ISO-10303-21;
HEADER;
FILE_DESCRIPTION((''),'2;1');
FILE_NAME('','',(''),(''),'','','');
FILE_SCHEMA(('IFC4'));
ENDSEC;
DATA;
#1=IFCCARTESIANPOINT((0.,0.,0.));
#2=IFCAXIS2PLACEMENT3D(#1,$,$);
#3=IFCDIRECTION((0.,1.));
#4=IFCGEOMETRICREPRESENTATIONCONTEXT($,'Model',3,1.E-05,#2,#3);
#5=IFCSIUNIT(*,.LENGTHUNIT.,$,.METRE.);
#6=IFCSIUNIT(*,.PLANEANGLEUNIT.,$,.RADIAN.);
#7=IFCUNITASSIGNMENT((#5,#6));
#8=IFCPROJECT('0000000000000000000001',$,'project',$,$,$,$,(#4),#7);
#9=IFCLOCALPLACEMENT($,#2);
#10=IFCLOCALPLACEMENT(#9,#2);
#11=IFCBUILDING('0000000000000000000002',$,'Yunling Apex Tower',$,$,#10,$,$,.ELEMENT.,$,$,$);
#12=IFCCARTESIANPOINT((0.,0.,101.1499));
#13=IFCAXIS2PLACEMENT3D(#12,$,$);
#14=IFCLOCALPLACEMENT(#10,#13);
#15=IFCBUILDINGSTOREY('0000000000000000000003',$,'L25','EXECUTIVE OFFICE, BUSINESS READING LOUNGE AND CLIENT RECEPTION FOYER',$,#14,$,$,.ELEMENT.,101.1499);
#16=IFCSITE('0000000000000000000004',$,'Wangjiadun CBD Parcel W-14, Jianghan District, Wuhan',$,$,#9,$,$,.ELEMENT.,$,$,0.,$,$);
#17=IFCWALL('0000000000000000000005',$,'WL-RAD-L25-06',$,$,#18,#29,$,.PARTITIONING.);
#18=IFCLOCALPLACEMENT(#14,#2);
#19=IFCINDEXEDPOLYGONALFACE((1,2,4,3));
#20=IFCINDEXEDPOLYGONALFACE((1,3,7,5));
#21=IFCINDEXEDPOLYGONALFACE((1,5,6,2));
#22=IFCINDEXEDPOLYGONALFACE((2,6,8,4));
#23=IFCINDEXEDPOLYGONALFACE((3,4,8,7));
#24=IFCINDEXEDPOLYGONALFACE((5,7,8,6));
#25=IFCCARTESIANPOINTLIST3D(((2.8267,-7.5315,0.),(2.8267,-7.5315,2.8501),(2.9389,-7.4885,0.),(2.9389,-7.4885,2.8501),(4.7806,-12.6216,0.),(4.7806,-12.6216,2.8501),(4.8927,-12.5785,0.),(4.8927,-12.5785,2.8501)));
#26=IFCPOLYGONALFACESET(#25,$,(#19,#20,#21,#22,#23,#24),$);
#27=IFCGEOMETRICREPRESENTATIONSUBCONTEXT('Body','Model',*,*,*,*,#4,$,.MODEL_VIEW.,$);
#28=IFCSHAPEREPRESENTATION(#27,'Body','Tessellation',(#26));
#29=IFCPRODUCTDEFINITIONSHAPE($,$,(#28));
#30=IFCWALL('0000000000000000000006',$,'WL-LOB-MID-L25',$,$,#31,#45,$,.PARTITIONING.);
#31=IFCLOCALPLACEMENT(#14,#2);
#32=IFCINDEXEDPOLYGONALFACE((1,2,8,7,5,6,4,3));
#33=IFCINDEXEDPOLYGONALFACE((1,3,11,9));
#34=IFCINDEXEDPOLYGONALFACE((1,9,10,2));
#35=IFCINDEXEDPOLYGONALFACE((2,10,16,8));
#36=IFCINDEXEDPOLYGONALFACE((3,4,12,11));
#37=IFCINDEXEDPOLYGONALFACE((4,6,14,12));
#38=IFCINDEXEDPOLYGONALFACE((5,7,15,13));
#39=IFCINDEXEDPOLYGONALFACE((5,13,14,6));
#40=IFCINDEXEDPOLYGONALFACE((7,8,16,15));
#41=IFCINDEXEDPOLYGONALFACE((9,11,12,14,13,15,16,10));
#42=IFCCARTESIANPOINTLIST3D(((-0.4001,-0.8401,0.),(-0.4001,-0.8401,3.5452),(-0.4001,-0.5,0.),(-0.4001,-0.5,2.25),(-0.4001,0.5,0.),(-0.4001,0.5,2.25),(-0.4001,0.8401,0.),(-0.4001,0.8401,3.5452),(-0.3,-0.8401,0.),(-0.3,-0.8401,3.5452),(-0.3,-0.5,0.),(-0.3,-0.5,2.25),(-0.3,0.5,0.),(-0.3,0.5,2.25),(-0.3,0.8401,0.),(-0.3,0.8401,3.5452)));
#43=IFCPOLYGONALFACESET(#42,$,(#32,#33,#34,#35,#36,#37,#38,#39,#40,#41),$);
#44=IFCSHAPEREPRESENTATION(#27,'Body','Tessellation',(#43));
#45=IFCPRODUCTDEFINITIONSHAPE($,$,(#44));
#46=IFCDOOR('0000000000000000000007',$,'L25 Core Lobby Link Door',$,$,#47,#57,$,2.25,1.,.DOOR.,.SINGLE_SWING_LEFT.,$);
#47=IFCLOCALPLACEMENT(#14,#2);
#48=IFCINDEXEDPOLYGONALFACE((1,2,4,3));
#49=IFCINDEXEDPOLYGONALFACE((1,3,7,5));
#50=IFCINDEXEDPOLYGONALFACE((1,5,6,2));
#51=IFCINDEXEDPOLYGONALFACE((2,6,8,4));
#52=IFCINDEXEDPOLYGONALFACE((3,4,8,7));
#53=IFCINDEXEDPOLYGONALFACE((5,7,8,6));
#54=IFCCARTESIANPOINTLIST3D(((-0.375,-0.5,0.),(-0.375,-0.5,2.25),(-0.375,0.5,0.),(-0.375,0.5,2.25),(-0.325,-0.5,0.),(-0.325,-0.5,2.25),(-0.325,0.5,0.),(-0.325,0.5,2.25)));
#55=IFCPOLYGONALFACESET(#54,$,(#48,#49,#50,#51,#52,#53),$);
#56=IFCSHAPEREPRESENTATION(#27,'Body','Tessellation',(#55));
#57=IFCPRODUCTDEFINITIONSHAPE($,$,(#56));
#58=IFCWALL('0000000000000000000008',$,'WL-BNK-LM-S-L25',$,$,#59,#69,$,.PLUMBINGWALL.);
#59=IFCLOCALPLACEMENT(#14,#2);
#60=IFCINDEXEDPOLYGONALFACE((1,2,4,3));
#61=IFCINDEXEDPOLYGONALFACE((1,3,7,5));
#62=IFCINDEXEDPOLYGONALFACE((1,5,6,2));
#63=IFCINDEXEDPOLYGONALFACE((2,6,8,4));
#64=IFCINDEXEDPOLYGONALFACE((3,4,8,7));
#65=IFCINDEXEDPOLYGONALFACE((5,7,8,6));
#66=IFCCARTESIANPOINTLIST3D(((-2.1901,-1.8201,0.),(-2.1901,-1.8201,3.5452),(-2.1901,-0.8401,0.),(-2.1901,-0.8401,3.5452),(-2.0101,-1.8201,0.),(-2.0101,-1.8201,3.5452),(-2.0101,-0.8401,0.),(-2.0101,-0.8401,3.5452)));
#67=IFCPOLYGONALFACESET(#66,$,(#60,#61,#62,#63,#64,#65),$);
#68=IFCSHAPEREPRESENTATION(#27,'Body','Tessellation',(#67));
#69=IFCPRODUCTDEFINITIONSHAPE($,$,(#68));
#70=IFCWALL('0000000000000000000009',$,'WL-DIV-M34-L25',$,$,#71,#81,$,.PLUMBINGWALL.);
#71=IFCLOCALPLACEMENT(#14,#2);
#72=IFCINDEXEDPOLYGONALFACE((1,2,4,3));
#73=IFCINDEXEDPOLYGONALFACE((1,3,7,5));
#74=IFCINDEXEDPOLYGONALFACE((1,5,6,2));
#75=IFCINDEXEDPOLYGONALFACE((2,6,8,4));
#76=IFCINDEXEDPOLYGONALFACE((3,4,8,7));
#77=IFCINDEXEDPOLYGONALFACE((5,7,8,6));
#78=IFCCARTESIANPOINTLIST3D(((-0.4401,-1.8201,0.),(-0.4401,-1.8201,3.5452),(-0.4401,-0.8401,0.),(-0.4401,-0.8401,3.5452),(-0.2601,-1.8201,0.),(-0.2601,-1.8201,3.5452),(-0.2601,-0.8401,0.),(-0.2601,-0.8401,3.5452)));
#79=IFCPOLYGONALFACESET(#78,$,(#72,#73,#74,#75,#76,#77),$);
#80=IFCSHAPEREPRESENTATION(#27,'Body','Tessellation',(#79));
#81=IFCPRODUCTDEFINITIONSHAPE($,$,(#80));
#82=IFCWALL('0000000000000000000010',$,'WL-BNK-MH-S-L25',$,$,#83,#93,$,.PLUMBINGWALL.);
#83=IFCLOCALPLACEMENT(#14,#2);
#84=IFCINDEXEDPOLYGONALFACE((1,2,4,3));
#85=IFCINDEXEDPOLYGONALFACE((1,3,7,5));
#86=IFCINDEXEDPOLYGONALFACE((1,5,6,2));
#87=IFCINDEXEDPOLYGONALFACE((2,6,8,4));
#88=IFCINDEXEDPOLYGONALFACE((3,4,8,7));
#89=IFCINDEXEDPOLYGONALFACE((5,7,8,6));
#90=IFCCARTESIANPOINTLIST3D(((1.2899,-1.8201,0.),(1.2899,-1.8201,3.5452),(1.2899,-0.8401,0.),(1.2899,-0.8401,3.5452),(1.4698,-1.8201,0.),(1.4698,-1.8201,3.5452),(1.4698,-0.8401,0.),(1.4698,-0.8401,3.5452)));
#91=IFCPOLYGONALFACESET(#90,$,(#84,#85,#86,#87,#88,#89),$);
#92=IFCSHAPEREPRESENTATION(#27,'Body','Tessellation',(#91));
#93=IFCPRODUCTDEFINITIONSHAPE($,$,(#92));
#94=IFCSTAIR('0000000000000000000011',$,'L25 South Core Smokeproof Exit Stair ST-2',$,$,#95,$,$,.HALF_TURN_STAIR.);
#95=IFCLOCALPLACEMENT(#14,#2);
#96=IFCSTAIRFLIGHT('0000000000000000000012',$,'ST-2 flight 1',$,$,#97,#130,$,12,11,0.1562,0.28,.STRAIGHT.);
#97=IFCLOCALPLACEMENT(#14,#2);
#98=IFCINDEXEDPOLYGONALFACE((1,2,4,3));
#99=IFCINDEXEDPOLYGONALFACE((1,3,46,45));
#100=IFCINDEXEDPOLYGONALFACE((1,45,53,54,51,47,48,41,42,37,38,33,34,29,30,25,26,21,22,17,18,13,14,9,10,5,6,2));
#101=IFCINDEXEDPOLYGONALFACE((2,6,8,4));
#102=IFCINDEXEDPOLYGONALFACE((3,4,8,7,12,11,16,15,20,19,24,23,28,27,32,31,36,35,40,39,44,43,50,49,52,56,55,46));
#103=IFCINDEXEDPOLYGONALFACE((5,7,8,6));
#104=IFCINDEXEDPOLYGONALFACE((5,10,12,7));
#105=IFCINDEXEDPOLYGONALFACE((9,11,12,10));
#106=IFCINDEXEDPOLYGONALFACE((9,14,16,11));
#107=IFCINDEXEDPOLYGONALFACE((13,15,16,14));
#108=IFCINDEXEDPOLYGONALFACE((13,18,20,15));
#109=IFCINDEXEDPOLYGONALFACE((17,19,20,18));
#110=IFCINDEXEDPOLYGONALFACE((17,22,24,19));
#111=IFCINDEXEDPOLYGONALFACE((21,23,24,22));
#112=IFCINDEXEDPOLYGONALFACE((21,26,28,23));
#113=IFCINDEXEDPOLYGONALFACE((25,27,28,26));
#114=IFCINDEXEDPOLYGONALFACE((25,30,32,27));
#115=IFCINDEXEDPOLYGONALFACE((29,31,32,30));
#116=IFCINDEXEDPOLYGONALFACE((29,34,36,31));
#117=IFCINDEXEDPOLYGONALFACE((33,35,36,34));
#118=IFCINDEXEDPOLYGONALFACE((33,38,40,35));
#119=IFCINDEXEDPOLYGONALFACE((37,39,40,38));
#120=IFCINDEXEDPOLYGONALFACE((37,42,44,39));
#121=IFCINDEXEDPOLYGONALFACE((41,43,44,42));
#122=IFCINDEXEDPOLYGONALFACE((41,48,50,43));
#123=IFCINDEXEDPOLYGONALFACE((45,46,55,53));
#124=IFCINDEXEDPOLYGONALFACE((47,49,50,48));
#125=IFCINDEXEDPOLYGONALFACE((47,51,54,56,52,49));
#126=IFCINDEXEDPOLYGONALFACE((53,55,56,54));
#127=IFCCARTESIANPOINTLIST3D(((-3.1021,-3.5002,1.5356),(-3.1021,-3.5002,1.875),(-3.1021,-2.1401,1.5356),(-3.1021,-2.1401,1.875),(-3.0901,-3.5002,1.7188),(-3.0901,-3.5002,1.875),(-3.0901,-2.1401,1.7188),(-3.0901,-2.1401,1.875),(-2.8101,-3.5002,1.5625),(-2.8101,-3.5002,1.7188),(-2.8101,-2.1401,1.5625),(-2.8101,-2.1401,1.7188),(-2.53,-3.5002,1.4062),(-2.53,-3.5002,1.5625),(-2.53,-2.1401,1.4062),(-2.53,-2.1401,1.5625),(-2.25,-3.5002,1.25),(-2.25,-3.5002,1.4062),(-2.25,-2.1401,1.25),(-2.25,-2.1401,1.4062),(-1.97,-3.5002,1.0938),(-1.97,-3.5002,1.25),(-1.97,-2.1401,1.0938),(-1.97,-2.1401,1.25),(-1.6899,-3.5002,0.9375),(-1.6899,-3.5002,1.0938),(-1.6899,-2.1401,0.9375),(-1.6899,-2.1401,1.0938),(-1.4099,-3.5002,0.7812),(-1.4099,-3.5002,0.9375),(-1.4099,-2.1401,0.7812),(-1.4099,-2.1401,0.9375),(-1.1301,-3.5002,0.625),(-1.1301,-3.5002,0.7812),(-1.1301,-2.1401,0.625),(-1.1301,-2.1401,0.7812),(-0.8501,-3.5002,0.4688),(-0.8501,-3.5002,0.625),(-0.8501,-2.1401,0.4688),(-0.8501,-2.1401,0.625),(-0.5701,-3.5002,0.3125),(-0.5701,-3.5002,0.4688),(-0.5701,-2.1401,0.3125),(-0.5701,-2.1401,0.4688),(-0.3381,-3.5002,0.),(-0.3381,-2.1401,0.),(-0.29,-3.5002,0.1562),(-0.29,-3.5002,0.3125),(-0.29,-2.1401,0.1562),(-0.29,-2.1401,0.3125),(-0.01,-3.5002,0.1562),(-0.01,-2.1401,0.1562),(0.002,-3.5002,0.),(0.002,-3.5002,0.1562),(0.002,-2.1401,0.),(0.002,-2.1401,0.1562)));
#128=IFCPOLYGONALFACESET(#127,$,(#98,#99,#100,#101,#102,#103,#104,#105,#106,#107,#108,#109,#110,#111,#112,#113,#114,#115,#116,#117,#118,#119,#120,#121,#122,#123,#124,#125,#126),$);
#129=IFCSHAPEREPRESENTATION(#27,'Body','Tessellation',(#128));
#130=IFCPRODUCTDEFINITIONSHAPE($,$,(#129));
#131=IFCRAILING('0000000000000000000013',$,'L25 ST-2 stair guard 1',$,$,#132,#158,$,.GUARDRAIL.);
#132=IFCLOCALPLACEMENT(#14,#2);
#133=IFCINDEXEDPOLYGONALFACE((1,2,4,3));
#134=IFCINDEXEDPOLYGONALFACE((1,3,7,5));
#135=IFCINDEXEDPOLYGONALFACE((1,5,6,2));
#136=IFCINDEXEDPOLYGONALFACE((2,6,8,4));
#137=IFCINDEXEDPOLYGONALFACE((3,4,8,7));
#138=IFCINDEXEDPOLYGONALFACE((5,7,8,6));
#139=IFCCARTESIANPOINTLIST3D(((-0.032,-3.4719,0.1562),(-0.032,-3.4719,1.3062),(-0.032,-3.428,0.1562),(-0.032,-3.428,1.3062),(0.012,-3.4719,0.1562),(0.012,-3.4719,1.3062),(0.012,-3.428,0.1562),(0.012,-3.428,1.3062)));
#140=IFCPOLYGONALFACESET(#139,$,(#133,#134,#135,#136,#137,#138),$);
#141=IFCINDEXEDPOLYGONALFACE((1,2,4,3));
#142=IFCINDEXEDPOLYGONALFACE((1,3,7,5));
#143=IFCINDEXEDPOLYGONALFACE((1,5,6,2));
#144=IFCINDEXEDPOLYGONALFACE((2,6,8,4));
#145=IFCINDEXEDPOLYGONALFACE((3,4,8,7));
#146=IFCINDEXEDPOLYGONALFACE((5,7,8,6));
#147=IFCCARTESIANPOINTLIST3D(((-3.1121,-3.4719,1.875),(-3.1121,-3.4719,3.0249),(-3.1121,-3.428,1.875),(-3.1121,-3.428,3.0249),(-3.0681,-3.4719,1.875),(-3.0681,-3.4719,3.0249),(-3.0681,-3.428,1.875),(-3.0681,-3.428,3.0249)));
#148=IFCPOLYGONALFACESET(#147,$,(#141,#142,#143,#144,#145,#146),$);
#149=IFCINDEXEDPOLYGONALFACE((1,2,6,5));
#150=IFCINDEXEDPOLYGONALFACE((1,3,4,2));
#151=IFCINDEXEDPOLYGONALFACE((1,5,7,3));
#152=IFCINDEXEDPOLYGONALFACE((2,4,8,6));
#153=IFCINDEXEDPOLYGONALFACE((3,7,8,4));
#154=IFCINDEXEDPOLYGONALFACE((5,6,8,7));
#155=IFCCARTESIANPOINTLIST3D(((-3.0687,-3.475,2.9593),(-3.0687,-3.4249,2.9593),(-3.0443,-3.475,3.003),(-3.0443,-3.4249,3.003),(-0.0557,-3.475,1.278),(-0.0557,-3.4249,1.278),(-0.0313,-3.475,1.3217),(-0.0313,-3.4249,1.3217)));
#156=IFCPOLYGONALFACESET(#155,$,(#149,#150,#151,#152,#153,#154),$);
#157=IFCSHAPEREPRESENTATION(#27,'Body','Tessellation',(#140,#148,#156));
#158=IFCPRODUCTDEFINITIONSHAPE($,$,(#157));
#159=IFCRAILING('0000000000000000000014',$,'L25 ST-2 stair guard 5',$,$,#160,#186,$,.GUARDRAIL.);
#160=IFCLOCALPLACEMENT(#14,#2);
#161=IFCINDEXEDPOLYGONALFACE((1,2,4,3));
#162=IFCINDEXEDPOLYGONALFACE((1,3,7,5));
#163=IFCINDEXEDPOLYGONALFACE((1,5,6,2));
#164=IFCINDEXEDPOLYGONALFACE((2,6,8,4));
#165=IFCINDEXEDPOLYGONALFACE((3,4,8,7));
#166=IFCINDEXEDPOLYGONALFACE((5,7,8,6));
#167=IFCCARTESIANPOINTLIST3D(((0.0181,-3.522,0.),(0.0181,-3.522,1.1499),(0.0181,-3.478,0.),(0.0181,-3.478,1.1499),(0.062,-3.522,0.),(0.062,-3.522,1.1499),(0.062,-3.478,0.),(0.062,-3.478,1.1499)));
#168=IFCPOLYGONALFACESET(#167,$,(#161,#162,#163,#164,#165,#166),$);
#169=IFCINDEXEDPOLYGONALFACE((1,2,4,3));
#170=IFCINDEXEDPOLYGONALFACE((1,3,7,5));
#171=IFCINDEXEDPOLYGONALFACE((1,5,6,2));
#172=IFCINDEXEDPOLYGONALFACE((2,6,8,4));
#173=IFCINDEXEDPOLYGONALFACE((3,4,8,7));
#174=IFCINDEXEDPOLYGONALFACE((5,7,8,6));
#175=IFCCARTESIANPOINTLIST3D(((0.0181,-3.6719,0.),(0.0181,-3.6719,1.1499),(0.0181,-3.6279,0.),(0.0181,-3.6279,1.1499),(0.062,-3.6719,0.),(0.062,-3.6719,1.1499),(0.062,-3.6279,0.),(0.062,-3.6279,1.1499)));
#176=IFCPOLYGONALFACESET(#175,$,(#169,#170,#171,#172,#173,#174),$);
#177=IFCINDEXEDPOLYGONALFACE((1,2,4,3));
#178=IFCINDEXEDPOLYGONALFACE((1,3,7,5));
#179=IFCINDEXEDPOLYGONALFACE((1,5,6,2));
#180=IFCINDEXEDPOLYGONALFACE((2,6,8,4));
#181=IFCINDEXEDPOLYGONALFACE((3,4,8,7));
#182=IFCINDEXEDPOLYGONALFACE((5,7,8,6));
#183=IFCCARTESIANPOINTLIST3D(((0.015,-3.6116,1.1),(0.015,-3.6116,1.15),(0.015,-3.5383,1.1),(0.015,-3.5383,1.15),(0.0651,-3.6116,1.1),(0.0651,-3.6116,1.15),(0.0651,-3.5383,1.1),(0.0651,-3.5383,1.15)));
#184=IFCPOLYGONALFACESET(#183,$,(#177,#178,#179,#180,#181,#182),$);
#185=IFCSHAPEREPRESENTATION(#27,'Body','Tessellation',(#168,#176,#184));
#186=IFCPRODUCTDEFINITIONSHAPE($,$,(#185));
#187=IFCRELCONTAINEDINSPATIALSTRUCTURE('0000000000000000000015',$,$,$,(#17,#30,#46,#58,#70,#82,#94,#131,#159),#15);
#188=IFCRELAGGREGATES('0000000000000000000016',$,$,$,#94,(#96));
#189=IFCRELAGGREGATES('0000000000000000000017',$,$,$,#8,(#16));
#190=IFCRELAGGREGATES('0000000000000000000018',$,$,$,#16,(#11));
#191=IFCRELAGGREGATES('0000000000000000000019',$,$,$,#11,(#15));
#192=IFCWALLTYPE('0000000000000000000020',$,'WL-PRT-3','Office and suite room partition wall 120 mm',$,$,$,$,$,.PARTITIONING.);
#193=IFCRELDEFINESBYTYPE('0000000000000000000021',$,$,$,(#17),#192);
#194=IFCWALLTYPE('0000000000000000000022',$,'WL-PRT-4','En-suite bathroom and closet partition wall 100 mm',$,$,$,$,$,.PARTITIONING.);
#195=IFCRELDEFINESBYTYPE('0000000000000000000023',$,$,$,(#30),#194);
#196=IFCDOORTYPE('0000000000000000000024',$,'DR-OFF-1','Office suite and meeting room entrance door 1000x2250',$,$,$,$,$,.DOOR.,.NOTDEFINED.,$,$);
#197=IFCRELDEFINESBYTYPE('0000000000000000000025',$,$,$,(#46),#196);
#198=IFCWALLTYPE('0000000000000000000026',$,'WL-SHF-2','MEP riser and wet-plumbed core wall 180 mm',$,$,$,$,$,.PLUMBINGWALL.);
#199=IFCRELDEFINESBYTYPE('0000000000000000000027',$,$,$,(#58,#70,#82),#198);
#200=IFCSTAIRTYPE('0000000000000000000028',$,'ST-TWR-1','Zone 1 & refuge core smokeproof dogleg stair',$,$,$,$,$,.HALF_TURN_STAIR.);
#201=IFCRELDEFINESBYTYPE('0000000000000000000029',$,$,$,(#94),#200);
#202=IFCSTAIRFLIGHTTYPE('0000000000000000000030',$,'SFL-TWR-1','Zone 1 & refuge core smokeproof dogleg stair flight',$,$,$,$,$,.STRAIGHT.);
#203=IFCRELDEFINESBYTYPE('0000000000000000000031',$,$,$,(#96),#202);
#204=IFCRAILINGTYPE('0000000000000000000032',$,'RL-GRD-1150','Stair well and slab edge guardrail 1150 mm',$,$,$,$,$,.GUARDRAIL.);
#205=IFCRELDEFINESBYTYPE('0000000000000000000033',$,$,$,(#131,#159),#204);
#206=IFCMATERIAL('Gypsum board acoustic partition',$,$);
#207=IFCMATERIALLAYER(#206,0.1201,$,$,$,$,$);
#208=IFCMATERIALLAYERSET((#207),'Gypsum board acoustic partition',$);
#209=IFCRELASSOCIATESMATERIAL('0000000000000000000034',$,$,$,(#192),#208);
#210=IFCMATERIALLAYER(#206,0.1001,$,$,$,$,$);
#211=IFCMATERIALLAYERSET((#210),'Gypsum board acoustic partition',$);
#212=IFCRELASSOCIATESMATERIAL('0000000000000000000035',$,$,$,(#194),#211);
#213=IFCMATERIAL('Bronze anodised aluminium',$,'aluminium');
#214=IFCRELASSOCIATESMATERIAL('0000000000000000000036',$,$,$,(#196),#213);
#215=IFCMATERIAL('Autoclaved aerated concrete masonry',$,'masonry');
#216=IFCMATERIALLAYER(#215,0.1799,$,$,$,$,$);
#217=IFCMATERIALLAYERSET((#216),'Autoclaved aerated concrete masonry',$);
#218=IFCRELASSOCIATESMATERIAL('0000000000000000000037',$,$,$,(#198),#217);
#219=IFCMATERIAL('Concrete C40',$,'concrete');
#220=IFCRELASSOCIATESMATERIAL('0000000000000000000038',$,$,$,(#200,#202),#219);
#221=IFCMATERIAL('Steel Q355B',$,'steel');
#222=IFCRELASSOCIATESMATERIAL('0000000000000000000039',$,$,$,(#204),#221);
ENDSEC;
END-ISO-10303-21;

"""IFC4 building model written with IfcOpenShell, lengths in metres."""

from ifc_helpers import new_model, si_unit, direction, frame, frame_2d, origin, origin_2d, place, context, subcontext, project, spatial, polyline, rectangle, outline, extrude, material, layer, layer_set, type_object, element, fill, aggregate, save


model = new_model("IFC4")

# Units and contexts
model_context = context("Model", 3, precision=1e-05, world=origin(), true_north=direction((0.0, 1.0)))
body_context = subcontext(model_context, "Body", "Model", "MODEL_VIEW")
ifc_project = project(units=[si_unit("LENGTHUNIT", "METRE"), si_unit("PLANEANGLEUNIT", "RADIAN")], contexts=[model_context])

# Site, building, storey
site_placement = place(None, origin())
site = spatial("IfcSite", under=ifc_project, at=site_placement, Name="Wangjiadun CBD Parcel W-14, Jianghan District, Wuhan", CompositionType="ELEMENT", RefElevation=0.0)
building_placement = place(site_placement, origin())
building = spatial("IfcBuilding", under=site, at=building_placement, Name="Yunling Apex Tower", CompositionType="ELEMENT")
storey_placement = place(building_placement, frame((0.0, 0.0, 101.1499)))
storey = spatial("IfcBuildingStorey", under=building, at=storey_placement, Name="L25", Description="EXECUTIVE OFFICE, BUSINESS READING LOUNGE AND CLIENT RECEPTION FOYER", CompositionType="ELEMENT", Elevation=101.1499)

# Shared definitions
ifc_material_1 = material(Name="Bronze anodised aluminium", Category="aluminium")

# Wall
ifc_material_2 = material(Name="Concrete C40", Category="concrete")
ifc_material_3 = material(Name="Gypsum board acoustic partition")
ifc_layer_1 = layer(ifc_material_3, 0.1201)
ifc_layer_set_1 = layer_set([ifc_layer_1], Name="Gypsum board acoustic partition")
wall_type_1 = type_object("IfcWallType", Name="WL-PRT-3", Description="Office and suite room partition wall 120 mm", PredefinedType="PARTITIONING", material=ifc_layer_set_1)
wall_1_placement = place(storey_placement, frame((2.8828, -7.51, 0.0), z_axis=(0.0, 0.0, 1.0), x_axis=(0.358361, -0.933583, 0.0)))
element("IfcWall", 1, at=wall_1_placement, inside=storey, type_object=wall_type_1, Name="WL-RAD-L25-06", PredefinedType="PARTITIONING", context=body_context, shape_type="SweptSolid", body=[
    extrude(rectangle(XDim=5.4521, YDim=0.1201, at=frame_2d((2.7261, 0.0))), origin(), (0.0, 0.0, 1.0), 2.8501),
])

# Wall, opening, door
ifc_layer_2 = layer(ifc_material_3, 0.1001)
ifc_layer_set_2 = layer_set([ifc_layer_2], Name="Gypsum board acoustic partition")
wall_type_2 = type_object("IfcWallType", Name="WL-PRT-4", Description="En-suite bathroom and closet partition wall 100 mm", PredefinedType="PARTITIONING", material=ifc_layer_set_2)
wall_2_placement = place(storey_placement, frame((-0.3501, -0.8401, 0.0), z_axis=(0.0, 0.0, 1.0), x_axis=(0.0, 1.0, 0.0)))
wall_2 = element("IfcWall", 2, at=wall_2_placement, inside=storey, type_object=wall_type_2, Name="WL-LOB-MID-L25", PredefinedType="PARTITIONING", context=body_context, shape_type="SweptSolid", body=[
    extrude(rectangle(XDim=1.6802, YDim=0.1001, at=frame_2d((0.8401, 0.0))), origin(), (0.0, 0.0, 1.0), 3.5452),
])
opening_1_placement = place(wall_2_placement, frame((0.3401, 0.0, 0.0)))
opening_1 = element("IfcOpeningElement", 3, at=opening_1_placement, cuts=wall_2, PredefinedType="OPENING", context=body_context, shape_type="SweptSolid", body=[
    extrude(rectangle(XDim=1.0, YDim=2.25, at=frame_2d((0.5, 1.125))), frame((0.0, 0.0601, 0.0), z_axis=(0.0, -1.0, 0.0), x_axis=(1.0, 0.0, 0.0)), (0.0, 0.0, 1.0), 0.1201),
])
door_type_1 = type_object("IfcDoorType", Name="DR-OFF-1", Description="Office suite and meeting room entrance door 1000x2250", OperationType="NOTDEFINED", PredefinedType="DOOR", material=ifc_material_1)
door_1_placement = place(opening_1_placement, origin())
door_1 = element("IfcDoor", 4, at=door_1_placement, inside=storey, type_object=door_type_1, Name="L25 Core Lobby Link Door", OperationType="SINGLE_SWING_LEFT", OverallHeight=2.25, OverallWidth=1.0, PredefinedType="DOOR", context=body_context, shape_type="SweptSolid", body=[
    extrude(rectangle(XDim=1.0, YDim=2.25, at=frame_2d((0.5, 1.125))), frame((0.0, 0.0249, 0.0), z_axis=(0.0, -1.0, 0.0), x_axis=(1.0, 0.0, 0.0)), (0.0, 0.0, 1.0), 0.05),
])
fill(opening_1, door_1)
ifc_material_4 = material(Name="Autoclaved aerated concrete masonry", Category="masonry")
ifc_material_5 = material(Name="Steel Q355B", Category="steel")

# Walls
ifc_layer_3 = layer(ifc_material_4, 0.1799)
ifc_layer_set_3 = layer_set([ifc_layer_3], Name="Autoclaved aerated concrete masonry")
wall_type_3 = type_object("IfcWallType", Name="WL-SHF-2", Description="MEP riser and wet-plumbed core wall 180 mm", PredefinedType="PLUMBINGWALL", material=ifc_layer_set_3)
for number, where, z_axis, x_axis, name in (
    (5, (-2.1001, -1.8201, 0.0), (0.0, 0.0, 1.0), (0.0, 1.0, 0.0), "WL-BNK-LM-S-L25"),
    (6, (-0.3501, -1.8201, 0.0), (0.0, 0.0, 1.0), (0.0, 1.0, 0.0), "WL-DIV-M34-L25"),
    (7, (1.3799, -1.8201, 0.0), (0.0, 0.0, 1.0), (0.0, 1.0, 0.0), "WL-BNK-MH-S-L25"),
):
    element("IfcWall", number, at=place(storey_placement, frame(where, z_axis=z_axis, x_axis=x_axis)), inside=storey, type_object=wall_type_3, Name=name, PredefinedType="PLUMBINGWALL", context=body_context, shape_type="SweptSolid", body=[
        extrude(rectangle(XDim=0.98, YDim=0.1799, at=frame_2d((0.49, 0.0))), origin(), (0.0, 0.0, 1.0), 3.5452),
    ])

# Stair, stair flight
stair_type = type_object("IfcStairType", Name="ST-TWR-1", Description="Zone 1 & refuge core smokeproof dogleg stair", PredefinedType="HALF_TURN_STAIR", material=ifc_material_2)
stair_placement = place(storey_placement, origin())
stair = element("IfcStair", 8, at=stair_placement, inside=storey, type_object=stair_type, Name="L25 South Core Smokeproof Exit Stair ST-2", PredefinedType="HALF_TURN_STAIR")
stair_flight_type = type_object("IfcStairFlightType", Name="SFL-TWR-1", Description="Zone 1 & refuge core smokeproof dogleg stair flight", PredefinedType="STRAIGHT", material=ifc_material_2)
stair_flight_placement = place(storey_placement, frame((-0.01, -2.8201, 0.0), z_axis=(0.0, 0.0, 1.0), x_axis=(-1.0, 0.0, 0.0)))
stair_flight = element("IfcStairFlight", 9, at=stair_flight_placement, type_object=stair_flight_type, Name="ST-2 flight 1", NumberOfRisers=12, NumberOfTreads=11, PredefinedType="STRAIGHT", RiserHeight=0.1562, TreadLength=0.28, context=body_context, shape_type="SweptSolid", body=[
    extrude(outline(polyline([(-0.012, 0.0), (-0.012, 0.1562), (0.0, 0.1562), (0.28, 0.1562), (0.28, 0.3125), (0.5601, 0.3125), (0.5601, 0.4688), (0.8401, 0.4688), (0.8401, 0.625), (1.1201, 0.625), (1.1201, 0.7812), (1.3999, 0.7812), (1.3999, 0.9375), (1.6799, 0.9375), (1.6799, 1.0938), (1.96, 1.0938), (1.96, 1.25), (2.24, 1.25), (2.24, 1.4062), (2.52, 1.4062), (2.52, 1.5625), (2.8, 1.5625), (2.8, 1.7188), (3.0801, 1.7188), (3.0801, 1.875), (3.092, 1.875), (3.092, 1.5356), (0.3281, 0.0), (-0.012, 0.0)])), frame((0.0, 0.6802, 0.0), z_axis=(0.0, -1.0, 0.0), x_axis=(1.0, 0.0, 0.0)), (0.0, 0.0, 1.0), 1.3601),
])
aggregate(stair, [stair_flight])

# Railings
railing_type_1 = type_object("IfcRailingType", Name="RL-GRD-1150", Description="Stair well and slab edge guardrail 1150 mm", PredefinedType="GUARDRAIL", material=ifc_material_5)
railing_1_placement = place(storey_placement, frame((-0.01, -3.45, 0.1562)))
element("IfcRailing", 10, at=railing_1_placement, inside=storey, type_object=railing_type_1, Name="L25 ST-2 stair guard 1", PredefinedType="GUARDRAIL", context=body_context, shape_type="SweptSolid", body=[
    extrude(rectangle(XDim=0.0439, YDim=0.0439, at=origin_2d()), origin(), (0.0, 0.0, 1.0), 1.1499),
    extrude(rectangle(XDim=0.0439, YDim=0.0439, at=origin_2d()), frame((-3.0801, 0.0, 1.7188)), (0.0, 0.0, 1.0), 1.1499),
    extrude(rectangle(XDim=0.05, YDim=0.05, at=origin_2d()), frame((-0.0334, 0.0, 1.1436), z_axis=(-0.873242, 0.0, 0.487288), x_axis=(0.0, -1.0, 0.0)), (0.0, 0.0, 1.0), 3.4504),
])
railing_2_placement = place(storey_placement, frame((0.04, -3.5, 0.0)))
element("IfcRailing", 11, at=railing_2_placement, inside=storey, type_object=railing_type_1, Name="L25 ST-2 stair guard 5", PredefinedType="GUARDRAIL", context=body_context, shape_type="SweptSolid", body=[
    extrude(rectangle(XDim=0.0439, YDim=0.0439, at=origin_2d()), origin(), (0.0, 0.0, 1.0), 1.1499),
    extrude(rectangle(XDim=0.0439, YDim=0.0439, at=origin_2d()), frame((0.0, -0.1499, 0.0)), (0.0, 0.0, 1.0), 1.1499),
    extrude(rectangle(XDim=0.05, YDim=0.05, at=origin_2d()), frame((0.0, -0.0383, 1.125), z_axis=(0.0, -1.0, 0.0), x_axis=(1.0, 0.0, 0.0)), (0.0, 0.0, 1.0), 0.0732),
])

save(model, "model.ifc")
